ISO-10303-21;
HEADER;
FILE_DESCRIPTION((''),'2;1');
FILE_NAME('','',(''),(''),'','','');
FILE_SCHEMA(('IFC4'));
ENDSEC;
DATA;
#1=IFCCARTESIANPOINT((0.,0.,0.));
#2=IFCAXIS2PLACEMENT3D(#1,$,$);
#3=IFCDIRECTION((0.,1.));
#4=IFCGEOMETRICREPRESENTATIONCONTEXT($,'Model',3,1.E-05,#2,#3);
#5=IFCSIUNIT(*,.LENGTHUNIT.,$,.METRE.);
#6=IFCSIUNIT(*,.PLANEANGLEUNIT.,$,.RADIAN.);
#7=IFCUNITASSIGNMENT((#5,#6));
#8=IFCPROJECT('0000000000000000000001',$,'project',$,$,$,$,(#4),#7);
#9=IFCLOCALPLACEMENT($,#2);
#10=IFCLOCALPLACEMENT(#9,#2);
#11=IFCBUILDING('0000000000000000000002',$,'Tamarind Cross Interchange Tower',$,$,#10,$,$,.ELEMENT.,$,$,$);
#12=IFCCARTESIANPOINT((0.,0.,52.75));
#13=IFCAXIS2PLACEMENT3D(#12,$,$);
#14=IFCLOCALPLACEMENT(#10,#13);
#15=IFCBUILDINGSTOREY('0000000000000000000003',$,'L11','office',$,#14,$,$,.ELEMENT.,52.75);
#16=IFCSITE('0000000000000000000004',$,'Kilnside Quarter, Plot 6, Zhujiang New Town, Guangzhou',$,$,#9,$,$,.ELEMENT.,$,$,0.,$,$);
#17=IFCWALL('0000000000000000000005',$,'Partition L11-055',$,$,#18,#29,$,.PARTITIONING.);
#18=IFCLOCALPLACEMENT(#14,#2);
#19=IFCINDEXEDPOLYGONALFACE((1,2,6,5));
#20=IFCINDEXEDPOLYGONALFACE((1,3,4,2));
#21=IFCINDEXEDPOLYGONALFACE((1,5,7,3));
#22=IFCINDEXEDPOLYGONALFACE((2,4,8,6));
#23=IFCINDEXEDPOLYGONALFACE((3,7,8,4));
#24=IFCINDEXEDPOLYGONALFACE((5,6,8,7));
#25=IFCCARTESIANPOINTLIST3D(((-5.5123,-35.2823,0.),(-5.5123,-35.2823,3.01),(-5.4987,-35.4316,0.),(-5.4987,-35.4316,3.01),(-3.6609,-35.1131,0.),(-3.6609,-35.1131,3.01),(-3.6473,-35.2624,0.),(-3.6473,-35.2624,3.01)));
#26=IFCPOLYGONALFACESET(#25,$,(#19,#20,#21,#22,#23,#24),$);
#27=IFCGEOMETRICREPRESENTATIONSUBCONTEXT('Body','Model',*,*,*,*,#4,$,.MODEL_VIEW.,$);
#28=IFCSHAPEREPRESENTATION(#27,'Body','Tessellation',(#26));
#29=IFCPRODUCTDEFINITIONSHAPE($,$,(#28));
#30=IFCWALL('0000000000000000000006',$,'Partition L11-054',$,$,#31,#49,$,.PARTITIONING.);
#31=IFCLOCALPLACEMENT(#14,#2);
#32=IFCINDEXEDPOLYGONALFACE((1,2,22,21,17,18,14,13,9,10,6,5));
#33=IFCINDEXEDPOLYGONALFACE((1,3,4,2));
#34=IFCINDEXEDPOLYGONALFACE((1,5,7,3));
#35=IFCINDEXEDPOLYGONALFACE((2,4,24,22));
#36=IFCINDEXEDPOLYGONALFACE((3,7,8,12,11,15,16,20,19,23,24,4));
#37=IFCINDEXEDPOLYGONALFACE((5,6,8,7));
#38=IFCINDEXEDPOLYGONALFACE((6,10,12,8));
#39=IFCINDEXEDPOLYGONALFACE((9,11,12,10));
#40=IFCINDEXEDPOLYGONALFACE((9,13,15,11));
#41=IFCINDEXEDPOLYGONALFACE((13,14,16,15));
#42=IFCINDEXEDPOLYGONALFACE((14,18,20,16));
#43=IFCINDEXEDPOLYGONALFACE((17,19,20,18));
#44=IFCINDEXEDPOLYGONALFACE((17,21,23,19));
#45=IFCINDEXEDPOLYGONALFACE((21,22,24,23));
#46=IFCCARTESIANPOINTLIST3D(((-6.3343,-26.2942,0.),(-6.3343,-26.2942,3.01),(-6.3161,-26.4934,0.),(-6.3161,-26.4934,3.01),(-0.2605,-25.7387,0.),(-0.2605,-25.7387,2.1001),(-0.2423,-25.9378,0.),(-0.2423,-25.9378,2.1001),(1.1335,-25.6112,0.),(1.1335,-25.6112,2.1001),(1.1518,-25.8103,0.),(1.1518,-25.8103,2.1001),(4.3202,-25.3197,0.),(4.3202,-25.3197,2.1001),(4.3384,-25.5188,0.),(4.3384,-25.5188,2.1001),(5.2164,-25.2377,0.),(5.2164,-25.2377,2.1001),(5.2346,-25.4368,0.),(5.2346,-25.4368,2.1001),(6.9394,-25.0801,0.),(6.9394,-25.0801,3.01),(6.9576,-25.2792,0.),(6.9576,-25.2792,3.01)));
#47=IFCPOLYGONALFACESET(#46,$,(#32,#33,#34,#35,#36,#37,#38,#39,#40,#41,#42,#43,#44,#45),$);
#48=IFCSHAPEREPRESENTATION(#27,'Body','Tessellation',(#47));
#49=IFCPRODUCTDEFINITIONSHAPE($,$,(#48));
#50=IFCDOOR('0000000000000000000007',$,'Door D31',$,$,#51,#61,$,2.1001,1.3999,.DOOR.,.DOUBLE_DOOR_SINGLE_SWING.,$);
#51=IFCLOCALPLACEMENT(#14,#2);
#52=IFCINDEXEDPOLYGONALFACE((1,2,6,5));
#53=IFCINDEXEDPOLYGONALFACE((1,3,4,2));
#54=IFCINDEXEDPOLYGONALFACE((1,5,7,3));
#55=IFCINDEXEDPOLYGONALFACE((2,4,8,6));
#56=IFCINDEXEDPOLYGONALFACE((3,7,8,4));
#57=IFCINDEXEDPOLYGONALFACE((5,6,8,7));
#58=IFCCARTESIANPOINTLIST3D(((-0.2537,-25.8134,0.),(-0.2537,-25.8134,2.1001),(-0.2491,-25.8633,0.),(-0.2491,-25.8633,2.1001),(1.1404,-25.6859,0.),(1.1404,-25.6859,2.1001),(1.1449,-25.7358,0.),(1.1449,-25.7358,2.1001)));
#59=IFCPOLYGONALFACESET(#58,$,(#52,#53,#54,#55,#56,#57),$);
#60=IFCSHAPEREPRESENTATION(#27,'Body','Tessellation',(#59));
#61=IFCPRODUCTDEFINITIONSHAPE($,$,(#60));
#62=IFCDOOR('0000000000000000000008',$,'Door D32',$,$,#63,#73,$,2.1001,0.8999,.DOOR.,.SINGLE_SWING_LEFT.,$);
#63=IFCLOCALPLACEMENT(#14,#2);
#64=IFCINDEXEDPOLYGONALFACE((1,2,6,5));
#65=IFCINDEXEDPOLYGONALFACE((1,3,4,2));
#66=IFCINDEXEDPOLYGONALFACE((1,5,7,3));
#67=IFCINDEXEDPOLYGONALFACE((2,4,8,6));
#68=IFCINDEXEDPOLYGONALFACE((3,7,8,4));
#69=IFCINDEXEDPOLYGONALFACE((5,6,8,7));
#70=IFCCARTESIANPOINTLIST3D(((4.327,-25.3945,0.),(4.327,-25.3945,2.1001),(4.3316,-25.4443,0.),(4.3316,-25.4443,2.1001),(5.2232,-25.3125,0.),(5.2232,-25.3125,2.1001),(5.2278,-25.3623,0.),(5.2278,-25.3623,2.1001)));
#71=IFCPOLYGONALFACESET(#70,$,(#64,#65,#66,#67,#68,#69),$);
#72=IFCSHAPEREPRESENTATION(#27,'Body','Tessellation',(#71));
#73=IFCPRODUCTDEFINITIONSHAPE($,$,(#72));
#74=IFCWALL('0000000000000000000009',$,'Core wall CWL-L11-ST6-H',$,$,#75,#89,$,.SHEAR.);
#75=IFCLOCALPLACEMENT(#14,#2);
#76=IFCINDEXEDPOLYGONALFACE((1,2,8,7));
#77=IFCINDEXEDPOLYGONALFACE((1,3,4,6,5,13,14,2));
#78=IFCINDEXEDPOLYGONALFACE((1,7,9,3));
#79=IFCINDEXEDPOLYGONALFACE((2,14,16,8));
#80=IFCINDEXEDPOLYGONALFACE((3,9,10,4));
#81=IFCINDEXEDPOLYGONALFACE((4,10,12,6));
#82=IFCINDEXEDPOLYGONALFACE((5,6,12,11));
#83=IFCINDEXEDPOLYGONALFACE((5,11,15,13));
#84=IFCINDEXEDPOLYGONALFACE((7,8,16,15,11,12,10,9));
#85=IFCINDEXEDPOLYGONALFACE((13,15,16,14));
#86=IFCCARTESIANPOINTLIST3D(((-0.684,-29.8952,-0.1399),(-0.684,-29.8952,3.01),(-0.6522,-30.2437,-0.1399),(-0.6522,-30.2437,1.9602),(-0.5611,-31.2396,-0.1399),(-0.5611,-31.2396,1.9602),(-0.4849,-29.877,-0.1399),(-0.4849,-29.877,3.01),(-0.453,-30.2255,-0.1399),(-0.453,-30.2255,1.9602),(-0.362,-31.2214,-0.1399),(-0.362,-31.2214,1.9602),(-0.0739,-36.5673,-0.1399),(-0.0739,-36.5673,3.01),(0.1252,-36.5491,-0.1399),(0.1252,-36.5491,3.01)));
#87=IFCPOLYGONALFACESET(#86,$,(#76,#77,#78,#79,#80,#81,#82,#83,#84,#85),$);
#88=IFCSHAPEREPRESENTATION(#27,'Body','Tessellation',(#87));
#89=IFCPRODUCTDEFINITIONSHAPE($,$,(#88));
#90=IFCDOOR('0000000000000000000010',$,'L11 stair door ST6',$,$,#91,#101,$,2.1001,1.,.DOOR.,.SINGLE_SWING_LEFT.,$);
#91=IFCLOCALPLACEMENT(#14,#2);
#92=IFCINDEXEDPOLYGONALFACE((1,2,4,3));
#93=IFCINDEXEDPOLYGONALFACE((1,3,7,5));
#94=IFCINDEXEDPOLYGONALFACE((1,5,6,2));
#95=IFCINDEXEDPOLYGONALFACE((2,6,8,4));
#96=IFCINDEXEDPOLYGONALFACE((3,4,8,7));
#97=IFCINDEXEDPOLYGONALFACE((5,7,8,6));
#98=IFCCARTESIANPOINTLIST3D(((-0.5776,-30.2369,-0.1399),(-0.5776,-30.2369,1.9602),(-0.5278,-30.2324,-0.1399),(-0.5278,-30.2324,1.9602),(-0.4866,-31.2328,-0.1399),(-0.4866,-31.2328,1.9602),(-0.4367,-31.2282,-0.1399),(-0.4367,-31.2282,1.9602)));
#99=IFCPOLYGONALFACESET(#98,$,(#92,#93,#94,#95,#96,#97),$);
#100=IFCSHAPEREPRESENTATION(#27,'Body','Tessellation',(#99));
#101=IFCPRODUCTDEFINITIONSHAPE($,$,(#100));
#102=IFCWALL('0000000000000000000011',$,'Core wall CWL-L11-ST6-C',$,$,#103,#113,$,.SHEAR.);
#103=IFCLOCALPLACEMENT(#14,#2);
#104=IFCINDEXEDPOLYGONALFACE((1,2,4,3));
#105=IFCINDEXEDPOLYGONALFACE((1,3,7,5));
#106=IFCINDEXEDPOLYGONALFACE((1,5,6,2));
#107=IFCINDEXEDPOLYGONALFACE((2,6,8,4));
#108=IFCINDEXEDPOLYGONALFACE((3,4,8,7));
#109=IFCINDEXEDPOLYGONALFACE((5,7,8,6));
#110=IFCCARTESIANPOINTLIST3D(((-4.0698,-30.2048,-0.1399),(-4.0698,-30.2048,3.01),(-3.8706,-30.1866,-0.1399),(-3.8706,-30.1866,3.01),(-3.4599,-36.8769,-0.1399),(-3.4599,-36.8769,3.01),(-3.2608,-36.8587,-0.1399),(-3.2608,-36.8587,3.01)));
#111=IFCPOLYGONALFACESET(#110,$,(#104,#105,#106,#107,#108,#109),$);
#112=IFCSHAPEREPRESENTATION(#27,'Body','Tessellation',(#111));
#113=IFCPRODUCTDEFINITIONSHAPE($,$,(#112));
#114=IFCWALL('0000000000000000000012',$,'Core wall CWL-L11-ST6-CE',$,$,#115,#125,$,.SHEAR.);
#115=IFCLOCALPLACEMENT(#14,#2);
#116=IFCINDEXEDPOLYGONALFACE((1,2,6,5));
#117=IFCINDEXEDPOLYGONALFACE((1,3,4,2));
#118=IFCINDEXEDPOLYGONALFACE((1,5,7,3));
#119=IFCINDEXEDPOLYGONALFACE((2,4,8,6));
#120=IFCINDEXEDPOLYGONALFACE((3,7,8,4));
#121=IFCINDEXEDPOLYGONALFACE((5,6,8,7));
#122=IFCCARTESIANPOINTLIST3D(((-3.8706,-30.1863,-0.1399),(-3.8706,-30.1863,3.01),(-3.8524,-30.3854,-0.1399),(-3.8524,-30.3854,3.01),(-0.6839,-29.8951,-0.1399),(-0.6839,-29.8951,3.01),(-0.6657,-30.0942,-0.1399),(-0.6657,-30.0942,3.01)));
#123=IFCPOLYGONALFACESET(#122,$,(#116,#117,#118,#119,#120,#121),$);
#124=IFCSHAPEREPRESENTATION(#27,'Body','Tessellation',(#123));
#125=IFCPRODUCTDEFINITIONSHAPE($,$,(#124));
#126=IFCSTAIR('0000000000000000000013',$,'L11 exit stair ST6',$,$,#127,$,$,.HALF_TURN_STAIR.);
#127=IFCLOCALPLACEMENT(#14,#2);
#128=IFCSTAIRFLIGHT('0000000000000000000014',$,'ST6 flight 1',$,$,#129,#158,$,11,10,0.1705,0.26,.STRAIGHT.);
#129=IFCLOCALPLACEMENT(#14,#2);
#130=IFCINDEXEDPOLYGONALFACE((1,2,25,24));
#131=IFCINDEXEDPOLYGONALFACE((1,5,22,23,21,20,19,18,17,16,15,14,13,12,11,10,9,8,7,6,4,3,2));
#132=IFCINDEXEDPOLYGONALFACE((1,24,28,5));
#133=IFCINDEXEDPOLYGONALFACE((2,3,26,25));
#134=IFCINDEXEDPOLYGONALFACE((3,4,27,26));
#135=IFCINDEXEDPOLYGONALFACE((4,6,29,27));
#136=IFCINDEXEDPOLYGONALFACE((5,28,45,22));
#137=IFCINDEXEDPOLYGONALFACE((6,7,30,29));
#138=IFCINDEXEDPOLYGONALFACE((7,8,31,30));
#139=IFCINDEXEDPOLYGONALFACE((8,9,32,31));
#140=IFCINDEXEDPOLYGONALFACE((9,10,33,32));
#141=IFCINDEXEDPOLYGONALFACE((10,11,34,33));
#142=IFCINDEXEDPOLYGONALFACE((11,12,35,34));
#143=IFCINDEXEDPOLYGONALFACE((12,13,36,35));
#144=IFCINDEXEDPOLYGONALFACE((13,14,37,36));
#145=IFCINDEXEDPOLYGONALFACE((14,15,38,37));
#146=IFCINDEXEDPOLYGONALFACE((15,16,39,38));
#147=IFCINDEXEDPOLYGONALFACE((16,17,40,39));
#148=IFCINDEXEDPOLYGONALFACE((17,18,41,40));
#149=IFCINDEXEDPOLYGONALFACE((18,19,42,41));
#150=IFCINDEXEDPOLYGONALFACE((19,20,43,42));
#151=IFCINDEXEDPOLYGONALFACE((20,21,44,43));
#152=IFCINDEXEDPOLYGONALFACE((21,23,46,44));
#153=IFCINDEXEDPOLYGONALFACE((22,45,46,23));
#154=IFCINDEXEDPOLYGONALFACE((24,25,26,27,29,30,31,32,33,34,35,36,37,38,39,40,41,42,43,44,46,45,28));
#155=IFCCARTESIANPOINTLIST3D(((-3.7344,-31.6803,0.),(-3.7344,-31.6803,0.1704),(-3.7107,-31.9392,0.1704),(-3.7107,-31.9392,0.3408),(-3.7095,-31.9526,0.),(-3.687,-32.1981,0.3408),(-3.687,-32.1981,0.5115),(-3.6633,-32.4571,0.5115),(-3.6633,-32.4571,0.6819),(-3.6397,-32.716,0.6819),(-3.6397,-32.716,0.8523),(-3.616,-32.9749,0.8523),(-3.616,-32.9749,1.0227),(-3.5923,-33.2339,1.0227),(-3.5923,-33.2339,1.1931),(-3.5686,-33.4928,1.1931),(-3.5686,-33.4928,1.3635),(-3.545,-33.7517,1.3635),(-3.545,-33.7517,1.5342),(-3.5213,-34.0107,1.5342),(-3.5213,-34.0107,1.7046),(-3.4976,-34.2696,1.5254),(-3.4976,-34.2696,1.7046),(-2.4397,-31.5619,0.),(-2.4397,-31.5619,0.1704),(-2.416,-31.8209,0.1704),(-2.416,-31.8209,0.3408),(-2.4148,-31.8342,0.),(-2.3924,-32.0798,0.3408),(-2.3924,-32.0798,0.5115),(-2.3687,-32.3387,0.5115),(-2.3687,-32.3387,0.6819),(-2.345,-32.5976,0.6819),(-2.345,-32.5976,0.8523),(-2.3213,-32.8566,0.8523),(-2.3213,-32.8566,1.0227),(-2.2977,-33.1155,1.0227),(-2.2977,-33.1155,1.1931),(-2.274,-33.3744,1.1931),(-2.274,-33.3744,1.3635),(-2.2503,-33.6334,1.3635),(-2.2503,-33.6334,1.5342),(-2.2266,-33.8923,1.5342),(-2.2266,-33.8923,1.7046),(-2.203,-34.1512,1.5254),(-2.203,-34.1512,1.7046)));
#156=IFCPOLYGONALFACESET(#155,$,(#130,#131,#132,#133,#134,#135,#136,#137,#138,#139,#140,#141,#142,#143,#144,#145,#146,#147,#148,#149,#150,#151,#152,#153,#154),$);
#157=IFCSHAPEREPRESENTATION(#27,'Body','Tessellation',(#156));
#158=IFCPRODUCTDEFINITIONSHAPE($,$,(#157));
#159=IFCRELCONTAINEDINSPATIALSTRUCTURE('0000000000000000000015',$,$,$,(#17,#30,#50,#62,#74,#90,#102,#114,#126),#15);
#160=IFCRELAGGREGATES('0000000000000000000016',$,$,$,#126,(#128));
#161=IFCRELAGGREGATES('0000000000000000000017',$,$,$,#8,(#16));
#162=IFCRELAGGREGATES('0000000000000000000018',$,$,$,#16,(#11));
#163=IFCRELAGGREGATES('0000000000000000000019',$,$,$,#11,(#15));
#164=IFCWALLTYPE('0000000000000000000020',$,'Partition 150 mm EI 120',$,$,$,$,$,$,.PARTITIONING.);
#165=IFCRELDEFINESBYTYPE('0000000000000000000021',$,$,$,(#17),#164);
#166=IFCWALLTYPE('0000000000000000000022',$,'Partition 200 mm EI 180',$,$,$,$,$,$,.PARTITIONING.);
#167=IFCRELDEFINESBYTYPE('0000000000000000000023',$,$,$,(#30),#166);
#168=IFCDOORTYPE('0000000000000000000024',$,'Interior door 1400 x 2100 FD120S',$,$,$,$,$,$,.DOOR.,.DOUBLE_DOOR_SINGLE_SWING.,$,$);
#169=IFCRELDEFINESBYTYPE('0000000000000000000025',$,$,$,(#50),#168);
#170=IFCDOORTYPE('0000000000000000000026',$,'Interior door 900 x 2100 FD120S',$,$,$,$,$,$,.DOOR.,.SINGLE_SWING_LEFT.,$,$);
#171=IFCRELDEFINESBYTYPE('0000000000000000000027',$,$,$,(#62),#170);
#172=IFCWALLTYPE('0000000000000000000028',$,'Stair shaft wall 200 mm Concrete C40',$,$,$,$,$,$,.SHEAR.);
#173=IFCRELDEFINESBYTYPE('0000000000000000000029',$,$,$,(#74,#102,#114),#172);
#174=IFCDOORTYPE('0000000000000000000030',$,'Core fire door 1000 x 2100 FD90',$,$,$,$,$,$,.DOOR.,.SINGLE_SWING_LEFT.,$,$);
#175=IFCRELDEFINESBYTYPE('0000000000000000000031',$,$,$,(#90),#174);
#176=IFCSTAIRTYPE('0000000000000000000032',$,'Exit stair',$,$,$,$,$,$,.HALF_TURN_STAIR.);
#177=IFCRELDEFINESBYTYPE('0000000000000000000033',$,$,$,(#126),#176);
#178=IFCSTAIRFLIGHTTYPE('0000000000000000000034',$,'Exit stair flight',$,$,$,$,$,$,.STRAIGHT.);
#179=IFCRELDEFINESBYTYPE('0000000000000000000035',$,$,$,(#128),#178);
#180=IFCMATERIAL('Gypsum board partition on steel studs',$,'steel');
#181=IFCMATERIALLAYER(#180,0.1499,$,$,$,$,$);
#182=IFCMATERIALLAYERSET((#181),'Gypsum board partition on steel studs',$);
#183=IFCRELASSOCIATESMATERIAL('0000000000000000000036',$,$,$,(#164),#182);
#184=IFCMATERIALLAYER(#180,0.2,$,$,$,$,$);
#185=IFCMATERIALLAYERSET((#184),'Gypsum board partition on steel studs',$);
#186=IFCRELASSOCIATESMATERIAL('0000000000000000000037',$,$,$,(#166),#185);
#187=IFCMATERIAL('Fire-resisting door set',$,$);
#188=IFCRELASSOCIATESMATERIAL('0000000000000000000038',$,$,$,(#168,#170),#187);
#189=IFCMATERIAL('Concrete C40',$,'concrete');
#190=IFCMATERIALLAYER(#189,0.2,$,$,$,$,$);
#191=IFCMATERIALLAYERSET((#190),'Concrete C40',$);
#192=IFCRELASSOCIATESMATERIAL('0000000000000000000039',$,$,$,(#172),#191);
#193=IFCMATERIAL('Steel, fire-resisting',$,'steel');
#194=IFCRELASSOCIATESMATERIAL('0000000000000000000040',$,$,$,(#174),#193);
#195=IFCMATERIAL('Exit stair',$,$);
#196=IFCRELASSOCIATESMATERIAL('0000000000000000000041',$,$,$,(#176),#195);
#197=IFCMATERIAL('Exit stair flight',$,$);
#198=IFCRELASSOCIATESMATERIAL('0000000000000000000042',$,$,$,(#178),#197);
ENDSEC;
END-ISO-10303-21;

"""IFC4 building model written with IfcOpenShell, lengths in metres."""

from ifc_helpers import new_model, si_unit, direction, frame, frame_2d, origin, place, context, subcontext, project, spatial, polyline, rectangle, outline, extrude, material, layer, layer_set, type_object, element, fill, aggregate, save


model = new_model("IFC4")

# Units and contexts
model_context = context("Model", 3, precision=1e-05, world=origin(), true_north=direction((0.0, 1.0)))
body_context = subcontext(model_context, "Body", "Model", "MODEL_VIEW")
ifc_project = project(units=[si_unit("LENGTHUNIT", "METRE"), si_unit("PLANEANGLEUNIT", "RADIAN")], contexts=[model_context])

# Site, building, storey
site_placement = place(None, origin())
site = spatial("IfcSite", under=ifc_project, at=site_placement, Name="Kilnside Quarter, Plot 6, Zhujiang New Town, Guangzhou", CompositionType="ELEMENT", RefElevation=0.0)
building_placement = place(site_placement, origin())
building = spatial("IfcBuilding", under=site, at=building_placement, Name="Tamarind Cross Interchange Tower", CompositionType="ELEMENT")
storey_placement = place(building_placement, frame((0.0, 0.0, 52.75)))
storey = spatial("IfcBuildingStorey", under=building, at=storey_placement, Name="L11", Description="office", CompositionType="ELEMENT", Elevation=52.75)

# Wall
ifc_material_1 = material(Name="Gypsum board partition on steel studs", Category="steel")
ifc_layer_1 = layer(ifc_material_1, 0.1499)
ifc_layer_set_1 = layer_set([ifc_layer_1], Name="Gypsum board partition on steel studs")
wall_type_1 = type_object("IfcWallType", Name="Partition 150 mm EI 120", PredefinedType="PARTITIONING", material=ifc_layer_set_1)
wall_1_placement = place(storey_placement, frame((-5.5056, -35.3569, 0.0), z_axis=(0.0, 0.0, 1.0), x_axis=(0.99585, 0.091009, 0.0)))
element("IfcWall", 1, at=wall_1_placement, inside=storey, type_object=wall_type_1, Name="Partition L11-055", PredefinedType="PARTITIONING", context=body_context, shape_type="SweptSolid", body=[
    extrude(rectangle(XDim=1.8591, YDim=0.1499, at=frame_2d((0.9297, 0.0))), origin(), (0.0, 0.0, 1.0), 3.01),
])

# Wall, openings, doors
ifc_layer_2 = layer(ifc_material_1, 0.2)
ifc_layer_set_2 = layer_set([ifc_layer_2], Name="Gypsum board partition on steel studs")
wall_type_2 = type_object("IfcWallType", Name="Partition 200 mm EI 180", PredefinedType="PARTITIONING", material=ifc_layer_set_2)
wall_2_placement = place(storey_placement, frame((-6.3252, -26.3938, 0.0), z_axis=(0.0, 0.0, 1.0), x_axis=(0.995843, 0.091087, 0.0)))
wall_2 = element("IfcWall", 2, at=wall_2_placement, inside=storey, type_object=wall_type_2, Name="Partition L11-054", PredefinedType="PARTITIONING", context=body_context, shape_type="SweptSolid", body=[
    extrude(rectangle(XDim=13.3291, YDim=0.2, at=frame_2d((6.6646, 0.0))), origin(), (0.0, 0.0, 1.0), 3.01),
])
opening_1_placement = place(wall_2_placement, frame((6.0991, 0.0, 0.0)))
opening_1 = element("IfcOpeningElement", 3, at=opening_1_placement, cuts=wall_2, PredefinedType="OPENING", context=body_context, shape_type="SweptSolid", body=[
    extrude(rectangle(XDim=1.3999, YDim=2.1001, at=frame_2d((0.7, 1.05))), frame((0.0, 0.1099, 0.0), z_axis=(0.0, -1.0, 0.0), x_axis=(1.0, 0.0, 0.0)), (0.0, 0.0, 1.0), 0.22),
])
opening_2_placement = place(wall_2_placement, frame((10.699, 0.0, 0.0)))
opening_2 = element("IfcOpeningElement", 4, at=opening_2_placement, cuts=wall_2, PredefinedType="OPENING", context=body_context, shape_type="SweptSolid", body=[
    extrude(rectangle(XDim=0.8999, YDim=2.1001, at=frame_2d((0.45, 1.05))), frame((0.0, 0.1099, 0.0), z_axis=(0.0, -1.0, 0.0), x_axis=(1.0, 0.0, 0.0)), (0.0, 0.0, 1.0), 0.22),
])
ifc_material_2 = material(Name="Fire-resisting door set")
door_type_1 = type_object("IfcDoorType", Name="Interior door 1400 x 2100 FD120S", OperationType="DOUBLE_DOOR_SINGLE_SWING", PredefinedType="DOOR", material=ifc_material_2)
door_1_placement = place(opening_1_placement, origin())
door_1 = element("IfcDoor", 5, at=door_1_placement, inside=storey, type_object=door_type_1, Name="Door D31", OperationType="DOUBLE_DOOR_SINGLE_SWING", OverallHeight=2.1001, OverallWidth=1.3999, PredefinedType="DOOR", context=body_context, shape_type="SweptSolid", body=[
    extrude(rectangle(XDim=1.3999, YDim=2.1001, at=frame_2d((0.7, 1.05))), frame((0.0, 0.0249, 0.0), z_axis=(0.0, -1.0, 0.0), x_axis=(1.0, 0.0, 0.0)), (0.0, 0.0, 1.0), 0.05),
])
fill(opening_1, door_1)
door_type_2 = type_object("IfcDoorType", Name="Interior door 900 x 2100 FD120S", OperationType="SINGLE_SWING_LEFT", PredefinedType="DOOR", material=ifc_material_2)
door_2_placement = place(opening_2_placement, origin())
door_2 = element("IfcDoor", 6, at=door_2_placement, inside=storey, type_object=door_type_2, Name="Door D32", OperationType="SINGLE_SWING_LEFT", OverallHeight=2.1001, OverallWidth=0.8999, PredefinedType="DOOR", context=body_context, shape_type="SweptSolid", body=[
    extrude(rectangle(XDim=0.8999, YDim=2.1001, at=frame_2d((0.45, 1.05))), frame((0.0, 0.0249, 0.0), z_axis=(0.0, -1.0, 0.0), x_axis=(1.0, 0.0, 0.0)), (0.0, 0.0, 1.0), 0.05),
])
fill(opening_2, door_2)

# Wall, opening, door
ifc_material_3 = material(Name="Concrete C40", Category="concrete")
ifc_layer_3 = layer(ifc_material_3, 0.2)
ifc_layer_set_3 = layer_set([ifc_layer_3], Name="Concrete C40")
wall_type_3 = type_object("IfcWallType", Name="Stair shaft wall 200 mm Concrete C40", PredefinedType="SHEAR", material=ifc_layer_set_3)
wall_3_placement = place(storey_placement, frame((-0.5845, -29.886, -0.1399), z_axis=(0.0, 0.0, 1.0), x_axis=(0.091061, -0.995845, 0.0)))
wall_3 = element("IfcWall", 7, at=wall_3_placement, inside=storey, type_object=wall_type_3, Name="Core wall CWL-L11-ST6-H", PredefinedType="SHEAR", context=body_context, shape_type="SweptSolid", body=[
    extrude(rectangle(XDim=6.7, YDim=0.2, at=frame_2d((3.3501, 0.0))), origin(), (0.0, 0.0, 1.0), 3.1499),
])
opening_3_placement = place(wall_3_placement, frame((0.3501, 0.0, 0.0)))
opening_3 = element("IfcOpeningElement", 8, at=opening_3_placement, cuts=wall_3, PredefinedType="OPENING", context=body_context, shape_type="SweptSolid", body=[
    extrude(rectangle(XDim=1.0, YDim=2.1001, at=frame_2d((0.5, 1.05))), frame((0.0, 0.1099, 0.0), z_axis=(0.0, -1.0, 0.0), x_axis=(1.0, 0.0, 0.0)), (0.0, 0.0, 1.0), 0.22),
])
ifc_material_4 = material(Name="Steel, fire-resisting", Category="steel")
door_type_3 = type_object("IfcDoorType", Name="Core fire door 1000 x 2100 FD90", OperationType="SINGLE_SWING_LEFT", PredefinedType="DOOR", material=ifc_material_4)
door_3_placement = place(opening_3_placement, origin())
door_3 = element("IfcDoor", 9, at=door_3_placement, inside=storey, type_object=door_type_3, Name="L11 stair door ST6", OperationType="SINGLE_SWING_LEFT", OverallHeight=2.1001, OverallWidth=1.0, PredefinedType="DOOR", context=body_context, shape_type="SweptSolid", body=[
    extrude(rectangle(XDim=1.0, YDim=2.1001, at=frame_2d((0.5, 1.05))), frame((0.0, 0.0249, 0.0), z_axis=(0.0, -1.0, 0.0), x_axis=(1.0, 0.0, 0.0)), (0.0, 0.0, 1.0), 0.05),
])
fill(opening_3, door_3)

# Walls
wall_4_placement = place(storey_placement, frame((-3.9702, -30.1956, -0.1399), z_axis=(0.0, 0.0, 1.0), x_axis=(0.091025, -0.995849, 0.0)))
element("IfcWall", 10, at=wall_4_placement, inside=storey, type_object=wall_type_3, Name="Core wall CWL-L11-ST6-C", PredefinedType="SHEAR", context=body_context, shape_type="SweptSolid", body=[
    extrude(rectangle(XDim=6.7, YDim=0.2, at=frame_2d((3.3501, 0.0))), origin(), (0.0, 0.0, 1.0), 3.1499),
])
wall_5_placement = place(storey_placement, frame((-3.8616, -30.2859, -0.1399), z_axis=(0.0, 0.0, 1.0), x_axis=(0.995849, 0.091017, 0.0)))
element("IfcWall", 11, at=wall_5_placement, inside=storey, type_object=wall_type_3, Name="Core wall CWL-L11-ST6-CE", PredefinedType="SHEAR", context=body_context, shape_type="SweptSolid", body=[
    extrude(rectangle(XDim=3.2, YDim=0.2, at=frame_2d((1.6001, 0.0))), origin(), (0.0, 0.0, 1.0), 3.1499),
])

# Stair, stair flight
ifc_material_5 = material(Name="Exit stair")
stair_type = type_object("IfcStairType", Name="Exit stair", PredefinedType="HALF_TURN_STAIR", material=ifc_material_5)
stair_placement = place(storey_placement, origin())
stair = element("IfcStair", 12, at=stair_placement, inside=storey, type_object=stair_type, Name="L11 exit stair ST6", PredefinedType="HALF_TURN_STAIR")
ifc_material_6 = material(Name="Exit stair flight")
stair_flight_type = type_object("IfcStairFlightType", Name="Exit stair flight", PredefinedType="STRAIGHT", material=ifc_material_6)
stair_flight_1_placement = place(storey_placement, frame((-3.0869, -31.6211, 0.0), z_axis=(0.0, 0.0, 1.0), x_axis=(0.09105, -0.995846, 0.0)))
stair_flight_1 = element("IfcStairFlight", 13, at=stair_flight_1_placement, type_object=stair_flight_type, Name="ST6 flight 1", NumberOfRisers=11, NumberOfTreads=10, PredefinedType="STRAIGHT", RiserHeight=0.1705, TreadLength=0.26, context=body_context, shape_type="SweptSolid", body=[
    extrude(outline(polyline([(0.0, 0.0), (0.0, 0.1704), (0.26, 0.1704), (0.26, 0.3408), (0.52, 0.3408), (0.52, 0.5115), (0.78, 0.5115), (0.78, 0.6819), (1.04, 0.6819), (1.04, 0.8523), (1.3, 0.8523), (1.3, 1.0227), (1.5601, 1.0227), (1.5601, 1.1931), (1.8201, 1.1931), (1.8201, 1.3635), (2.0801, 1.3635), (2.0801, 1.5342), (2.3401, 1.5342), (2.3401, 1.7046), (2.6001, 1.7046), (2.6001, 1.875), (2.6001, 1.5254), (0.2734, 0.0), (0.0, 0.0)])), frame((0.0, 0.6499, 0.0), z_axis=(0.0, -1.0, 0.0), x_axis=(1.0, 0.0, 0.0)), (0.0, 0.0, 1.0), 1.3),
])
aggregate(stair, [stair_flight_1])

save(model, "model.ifc")
